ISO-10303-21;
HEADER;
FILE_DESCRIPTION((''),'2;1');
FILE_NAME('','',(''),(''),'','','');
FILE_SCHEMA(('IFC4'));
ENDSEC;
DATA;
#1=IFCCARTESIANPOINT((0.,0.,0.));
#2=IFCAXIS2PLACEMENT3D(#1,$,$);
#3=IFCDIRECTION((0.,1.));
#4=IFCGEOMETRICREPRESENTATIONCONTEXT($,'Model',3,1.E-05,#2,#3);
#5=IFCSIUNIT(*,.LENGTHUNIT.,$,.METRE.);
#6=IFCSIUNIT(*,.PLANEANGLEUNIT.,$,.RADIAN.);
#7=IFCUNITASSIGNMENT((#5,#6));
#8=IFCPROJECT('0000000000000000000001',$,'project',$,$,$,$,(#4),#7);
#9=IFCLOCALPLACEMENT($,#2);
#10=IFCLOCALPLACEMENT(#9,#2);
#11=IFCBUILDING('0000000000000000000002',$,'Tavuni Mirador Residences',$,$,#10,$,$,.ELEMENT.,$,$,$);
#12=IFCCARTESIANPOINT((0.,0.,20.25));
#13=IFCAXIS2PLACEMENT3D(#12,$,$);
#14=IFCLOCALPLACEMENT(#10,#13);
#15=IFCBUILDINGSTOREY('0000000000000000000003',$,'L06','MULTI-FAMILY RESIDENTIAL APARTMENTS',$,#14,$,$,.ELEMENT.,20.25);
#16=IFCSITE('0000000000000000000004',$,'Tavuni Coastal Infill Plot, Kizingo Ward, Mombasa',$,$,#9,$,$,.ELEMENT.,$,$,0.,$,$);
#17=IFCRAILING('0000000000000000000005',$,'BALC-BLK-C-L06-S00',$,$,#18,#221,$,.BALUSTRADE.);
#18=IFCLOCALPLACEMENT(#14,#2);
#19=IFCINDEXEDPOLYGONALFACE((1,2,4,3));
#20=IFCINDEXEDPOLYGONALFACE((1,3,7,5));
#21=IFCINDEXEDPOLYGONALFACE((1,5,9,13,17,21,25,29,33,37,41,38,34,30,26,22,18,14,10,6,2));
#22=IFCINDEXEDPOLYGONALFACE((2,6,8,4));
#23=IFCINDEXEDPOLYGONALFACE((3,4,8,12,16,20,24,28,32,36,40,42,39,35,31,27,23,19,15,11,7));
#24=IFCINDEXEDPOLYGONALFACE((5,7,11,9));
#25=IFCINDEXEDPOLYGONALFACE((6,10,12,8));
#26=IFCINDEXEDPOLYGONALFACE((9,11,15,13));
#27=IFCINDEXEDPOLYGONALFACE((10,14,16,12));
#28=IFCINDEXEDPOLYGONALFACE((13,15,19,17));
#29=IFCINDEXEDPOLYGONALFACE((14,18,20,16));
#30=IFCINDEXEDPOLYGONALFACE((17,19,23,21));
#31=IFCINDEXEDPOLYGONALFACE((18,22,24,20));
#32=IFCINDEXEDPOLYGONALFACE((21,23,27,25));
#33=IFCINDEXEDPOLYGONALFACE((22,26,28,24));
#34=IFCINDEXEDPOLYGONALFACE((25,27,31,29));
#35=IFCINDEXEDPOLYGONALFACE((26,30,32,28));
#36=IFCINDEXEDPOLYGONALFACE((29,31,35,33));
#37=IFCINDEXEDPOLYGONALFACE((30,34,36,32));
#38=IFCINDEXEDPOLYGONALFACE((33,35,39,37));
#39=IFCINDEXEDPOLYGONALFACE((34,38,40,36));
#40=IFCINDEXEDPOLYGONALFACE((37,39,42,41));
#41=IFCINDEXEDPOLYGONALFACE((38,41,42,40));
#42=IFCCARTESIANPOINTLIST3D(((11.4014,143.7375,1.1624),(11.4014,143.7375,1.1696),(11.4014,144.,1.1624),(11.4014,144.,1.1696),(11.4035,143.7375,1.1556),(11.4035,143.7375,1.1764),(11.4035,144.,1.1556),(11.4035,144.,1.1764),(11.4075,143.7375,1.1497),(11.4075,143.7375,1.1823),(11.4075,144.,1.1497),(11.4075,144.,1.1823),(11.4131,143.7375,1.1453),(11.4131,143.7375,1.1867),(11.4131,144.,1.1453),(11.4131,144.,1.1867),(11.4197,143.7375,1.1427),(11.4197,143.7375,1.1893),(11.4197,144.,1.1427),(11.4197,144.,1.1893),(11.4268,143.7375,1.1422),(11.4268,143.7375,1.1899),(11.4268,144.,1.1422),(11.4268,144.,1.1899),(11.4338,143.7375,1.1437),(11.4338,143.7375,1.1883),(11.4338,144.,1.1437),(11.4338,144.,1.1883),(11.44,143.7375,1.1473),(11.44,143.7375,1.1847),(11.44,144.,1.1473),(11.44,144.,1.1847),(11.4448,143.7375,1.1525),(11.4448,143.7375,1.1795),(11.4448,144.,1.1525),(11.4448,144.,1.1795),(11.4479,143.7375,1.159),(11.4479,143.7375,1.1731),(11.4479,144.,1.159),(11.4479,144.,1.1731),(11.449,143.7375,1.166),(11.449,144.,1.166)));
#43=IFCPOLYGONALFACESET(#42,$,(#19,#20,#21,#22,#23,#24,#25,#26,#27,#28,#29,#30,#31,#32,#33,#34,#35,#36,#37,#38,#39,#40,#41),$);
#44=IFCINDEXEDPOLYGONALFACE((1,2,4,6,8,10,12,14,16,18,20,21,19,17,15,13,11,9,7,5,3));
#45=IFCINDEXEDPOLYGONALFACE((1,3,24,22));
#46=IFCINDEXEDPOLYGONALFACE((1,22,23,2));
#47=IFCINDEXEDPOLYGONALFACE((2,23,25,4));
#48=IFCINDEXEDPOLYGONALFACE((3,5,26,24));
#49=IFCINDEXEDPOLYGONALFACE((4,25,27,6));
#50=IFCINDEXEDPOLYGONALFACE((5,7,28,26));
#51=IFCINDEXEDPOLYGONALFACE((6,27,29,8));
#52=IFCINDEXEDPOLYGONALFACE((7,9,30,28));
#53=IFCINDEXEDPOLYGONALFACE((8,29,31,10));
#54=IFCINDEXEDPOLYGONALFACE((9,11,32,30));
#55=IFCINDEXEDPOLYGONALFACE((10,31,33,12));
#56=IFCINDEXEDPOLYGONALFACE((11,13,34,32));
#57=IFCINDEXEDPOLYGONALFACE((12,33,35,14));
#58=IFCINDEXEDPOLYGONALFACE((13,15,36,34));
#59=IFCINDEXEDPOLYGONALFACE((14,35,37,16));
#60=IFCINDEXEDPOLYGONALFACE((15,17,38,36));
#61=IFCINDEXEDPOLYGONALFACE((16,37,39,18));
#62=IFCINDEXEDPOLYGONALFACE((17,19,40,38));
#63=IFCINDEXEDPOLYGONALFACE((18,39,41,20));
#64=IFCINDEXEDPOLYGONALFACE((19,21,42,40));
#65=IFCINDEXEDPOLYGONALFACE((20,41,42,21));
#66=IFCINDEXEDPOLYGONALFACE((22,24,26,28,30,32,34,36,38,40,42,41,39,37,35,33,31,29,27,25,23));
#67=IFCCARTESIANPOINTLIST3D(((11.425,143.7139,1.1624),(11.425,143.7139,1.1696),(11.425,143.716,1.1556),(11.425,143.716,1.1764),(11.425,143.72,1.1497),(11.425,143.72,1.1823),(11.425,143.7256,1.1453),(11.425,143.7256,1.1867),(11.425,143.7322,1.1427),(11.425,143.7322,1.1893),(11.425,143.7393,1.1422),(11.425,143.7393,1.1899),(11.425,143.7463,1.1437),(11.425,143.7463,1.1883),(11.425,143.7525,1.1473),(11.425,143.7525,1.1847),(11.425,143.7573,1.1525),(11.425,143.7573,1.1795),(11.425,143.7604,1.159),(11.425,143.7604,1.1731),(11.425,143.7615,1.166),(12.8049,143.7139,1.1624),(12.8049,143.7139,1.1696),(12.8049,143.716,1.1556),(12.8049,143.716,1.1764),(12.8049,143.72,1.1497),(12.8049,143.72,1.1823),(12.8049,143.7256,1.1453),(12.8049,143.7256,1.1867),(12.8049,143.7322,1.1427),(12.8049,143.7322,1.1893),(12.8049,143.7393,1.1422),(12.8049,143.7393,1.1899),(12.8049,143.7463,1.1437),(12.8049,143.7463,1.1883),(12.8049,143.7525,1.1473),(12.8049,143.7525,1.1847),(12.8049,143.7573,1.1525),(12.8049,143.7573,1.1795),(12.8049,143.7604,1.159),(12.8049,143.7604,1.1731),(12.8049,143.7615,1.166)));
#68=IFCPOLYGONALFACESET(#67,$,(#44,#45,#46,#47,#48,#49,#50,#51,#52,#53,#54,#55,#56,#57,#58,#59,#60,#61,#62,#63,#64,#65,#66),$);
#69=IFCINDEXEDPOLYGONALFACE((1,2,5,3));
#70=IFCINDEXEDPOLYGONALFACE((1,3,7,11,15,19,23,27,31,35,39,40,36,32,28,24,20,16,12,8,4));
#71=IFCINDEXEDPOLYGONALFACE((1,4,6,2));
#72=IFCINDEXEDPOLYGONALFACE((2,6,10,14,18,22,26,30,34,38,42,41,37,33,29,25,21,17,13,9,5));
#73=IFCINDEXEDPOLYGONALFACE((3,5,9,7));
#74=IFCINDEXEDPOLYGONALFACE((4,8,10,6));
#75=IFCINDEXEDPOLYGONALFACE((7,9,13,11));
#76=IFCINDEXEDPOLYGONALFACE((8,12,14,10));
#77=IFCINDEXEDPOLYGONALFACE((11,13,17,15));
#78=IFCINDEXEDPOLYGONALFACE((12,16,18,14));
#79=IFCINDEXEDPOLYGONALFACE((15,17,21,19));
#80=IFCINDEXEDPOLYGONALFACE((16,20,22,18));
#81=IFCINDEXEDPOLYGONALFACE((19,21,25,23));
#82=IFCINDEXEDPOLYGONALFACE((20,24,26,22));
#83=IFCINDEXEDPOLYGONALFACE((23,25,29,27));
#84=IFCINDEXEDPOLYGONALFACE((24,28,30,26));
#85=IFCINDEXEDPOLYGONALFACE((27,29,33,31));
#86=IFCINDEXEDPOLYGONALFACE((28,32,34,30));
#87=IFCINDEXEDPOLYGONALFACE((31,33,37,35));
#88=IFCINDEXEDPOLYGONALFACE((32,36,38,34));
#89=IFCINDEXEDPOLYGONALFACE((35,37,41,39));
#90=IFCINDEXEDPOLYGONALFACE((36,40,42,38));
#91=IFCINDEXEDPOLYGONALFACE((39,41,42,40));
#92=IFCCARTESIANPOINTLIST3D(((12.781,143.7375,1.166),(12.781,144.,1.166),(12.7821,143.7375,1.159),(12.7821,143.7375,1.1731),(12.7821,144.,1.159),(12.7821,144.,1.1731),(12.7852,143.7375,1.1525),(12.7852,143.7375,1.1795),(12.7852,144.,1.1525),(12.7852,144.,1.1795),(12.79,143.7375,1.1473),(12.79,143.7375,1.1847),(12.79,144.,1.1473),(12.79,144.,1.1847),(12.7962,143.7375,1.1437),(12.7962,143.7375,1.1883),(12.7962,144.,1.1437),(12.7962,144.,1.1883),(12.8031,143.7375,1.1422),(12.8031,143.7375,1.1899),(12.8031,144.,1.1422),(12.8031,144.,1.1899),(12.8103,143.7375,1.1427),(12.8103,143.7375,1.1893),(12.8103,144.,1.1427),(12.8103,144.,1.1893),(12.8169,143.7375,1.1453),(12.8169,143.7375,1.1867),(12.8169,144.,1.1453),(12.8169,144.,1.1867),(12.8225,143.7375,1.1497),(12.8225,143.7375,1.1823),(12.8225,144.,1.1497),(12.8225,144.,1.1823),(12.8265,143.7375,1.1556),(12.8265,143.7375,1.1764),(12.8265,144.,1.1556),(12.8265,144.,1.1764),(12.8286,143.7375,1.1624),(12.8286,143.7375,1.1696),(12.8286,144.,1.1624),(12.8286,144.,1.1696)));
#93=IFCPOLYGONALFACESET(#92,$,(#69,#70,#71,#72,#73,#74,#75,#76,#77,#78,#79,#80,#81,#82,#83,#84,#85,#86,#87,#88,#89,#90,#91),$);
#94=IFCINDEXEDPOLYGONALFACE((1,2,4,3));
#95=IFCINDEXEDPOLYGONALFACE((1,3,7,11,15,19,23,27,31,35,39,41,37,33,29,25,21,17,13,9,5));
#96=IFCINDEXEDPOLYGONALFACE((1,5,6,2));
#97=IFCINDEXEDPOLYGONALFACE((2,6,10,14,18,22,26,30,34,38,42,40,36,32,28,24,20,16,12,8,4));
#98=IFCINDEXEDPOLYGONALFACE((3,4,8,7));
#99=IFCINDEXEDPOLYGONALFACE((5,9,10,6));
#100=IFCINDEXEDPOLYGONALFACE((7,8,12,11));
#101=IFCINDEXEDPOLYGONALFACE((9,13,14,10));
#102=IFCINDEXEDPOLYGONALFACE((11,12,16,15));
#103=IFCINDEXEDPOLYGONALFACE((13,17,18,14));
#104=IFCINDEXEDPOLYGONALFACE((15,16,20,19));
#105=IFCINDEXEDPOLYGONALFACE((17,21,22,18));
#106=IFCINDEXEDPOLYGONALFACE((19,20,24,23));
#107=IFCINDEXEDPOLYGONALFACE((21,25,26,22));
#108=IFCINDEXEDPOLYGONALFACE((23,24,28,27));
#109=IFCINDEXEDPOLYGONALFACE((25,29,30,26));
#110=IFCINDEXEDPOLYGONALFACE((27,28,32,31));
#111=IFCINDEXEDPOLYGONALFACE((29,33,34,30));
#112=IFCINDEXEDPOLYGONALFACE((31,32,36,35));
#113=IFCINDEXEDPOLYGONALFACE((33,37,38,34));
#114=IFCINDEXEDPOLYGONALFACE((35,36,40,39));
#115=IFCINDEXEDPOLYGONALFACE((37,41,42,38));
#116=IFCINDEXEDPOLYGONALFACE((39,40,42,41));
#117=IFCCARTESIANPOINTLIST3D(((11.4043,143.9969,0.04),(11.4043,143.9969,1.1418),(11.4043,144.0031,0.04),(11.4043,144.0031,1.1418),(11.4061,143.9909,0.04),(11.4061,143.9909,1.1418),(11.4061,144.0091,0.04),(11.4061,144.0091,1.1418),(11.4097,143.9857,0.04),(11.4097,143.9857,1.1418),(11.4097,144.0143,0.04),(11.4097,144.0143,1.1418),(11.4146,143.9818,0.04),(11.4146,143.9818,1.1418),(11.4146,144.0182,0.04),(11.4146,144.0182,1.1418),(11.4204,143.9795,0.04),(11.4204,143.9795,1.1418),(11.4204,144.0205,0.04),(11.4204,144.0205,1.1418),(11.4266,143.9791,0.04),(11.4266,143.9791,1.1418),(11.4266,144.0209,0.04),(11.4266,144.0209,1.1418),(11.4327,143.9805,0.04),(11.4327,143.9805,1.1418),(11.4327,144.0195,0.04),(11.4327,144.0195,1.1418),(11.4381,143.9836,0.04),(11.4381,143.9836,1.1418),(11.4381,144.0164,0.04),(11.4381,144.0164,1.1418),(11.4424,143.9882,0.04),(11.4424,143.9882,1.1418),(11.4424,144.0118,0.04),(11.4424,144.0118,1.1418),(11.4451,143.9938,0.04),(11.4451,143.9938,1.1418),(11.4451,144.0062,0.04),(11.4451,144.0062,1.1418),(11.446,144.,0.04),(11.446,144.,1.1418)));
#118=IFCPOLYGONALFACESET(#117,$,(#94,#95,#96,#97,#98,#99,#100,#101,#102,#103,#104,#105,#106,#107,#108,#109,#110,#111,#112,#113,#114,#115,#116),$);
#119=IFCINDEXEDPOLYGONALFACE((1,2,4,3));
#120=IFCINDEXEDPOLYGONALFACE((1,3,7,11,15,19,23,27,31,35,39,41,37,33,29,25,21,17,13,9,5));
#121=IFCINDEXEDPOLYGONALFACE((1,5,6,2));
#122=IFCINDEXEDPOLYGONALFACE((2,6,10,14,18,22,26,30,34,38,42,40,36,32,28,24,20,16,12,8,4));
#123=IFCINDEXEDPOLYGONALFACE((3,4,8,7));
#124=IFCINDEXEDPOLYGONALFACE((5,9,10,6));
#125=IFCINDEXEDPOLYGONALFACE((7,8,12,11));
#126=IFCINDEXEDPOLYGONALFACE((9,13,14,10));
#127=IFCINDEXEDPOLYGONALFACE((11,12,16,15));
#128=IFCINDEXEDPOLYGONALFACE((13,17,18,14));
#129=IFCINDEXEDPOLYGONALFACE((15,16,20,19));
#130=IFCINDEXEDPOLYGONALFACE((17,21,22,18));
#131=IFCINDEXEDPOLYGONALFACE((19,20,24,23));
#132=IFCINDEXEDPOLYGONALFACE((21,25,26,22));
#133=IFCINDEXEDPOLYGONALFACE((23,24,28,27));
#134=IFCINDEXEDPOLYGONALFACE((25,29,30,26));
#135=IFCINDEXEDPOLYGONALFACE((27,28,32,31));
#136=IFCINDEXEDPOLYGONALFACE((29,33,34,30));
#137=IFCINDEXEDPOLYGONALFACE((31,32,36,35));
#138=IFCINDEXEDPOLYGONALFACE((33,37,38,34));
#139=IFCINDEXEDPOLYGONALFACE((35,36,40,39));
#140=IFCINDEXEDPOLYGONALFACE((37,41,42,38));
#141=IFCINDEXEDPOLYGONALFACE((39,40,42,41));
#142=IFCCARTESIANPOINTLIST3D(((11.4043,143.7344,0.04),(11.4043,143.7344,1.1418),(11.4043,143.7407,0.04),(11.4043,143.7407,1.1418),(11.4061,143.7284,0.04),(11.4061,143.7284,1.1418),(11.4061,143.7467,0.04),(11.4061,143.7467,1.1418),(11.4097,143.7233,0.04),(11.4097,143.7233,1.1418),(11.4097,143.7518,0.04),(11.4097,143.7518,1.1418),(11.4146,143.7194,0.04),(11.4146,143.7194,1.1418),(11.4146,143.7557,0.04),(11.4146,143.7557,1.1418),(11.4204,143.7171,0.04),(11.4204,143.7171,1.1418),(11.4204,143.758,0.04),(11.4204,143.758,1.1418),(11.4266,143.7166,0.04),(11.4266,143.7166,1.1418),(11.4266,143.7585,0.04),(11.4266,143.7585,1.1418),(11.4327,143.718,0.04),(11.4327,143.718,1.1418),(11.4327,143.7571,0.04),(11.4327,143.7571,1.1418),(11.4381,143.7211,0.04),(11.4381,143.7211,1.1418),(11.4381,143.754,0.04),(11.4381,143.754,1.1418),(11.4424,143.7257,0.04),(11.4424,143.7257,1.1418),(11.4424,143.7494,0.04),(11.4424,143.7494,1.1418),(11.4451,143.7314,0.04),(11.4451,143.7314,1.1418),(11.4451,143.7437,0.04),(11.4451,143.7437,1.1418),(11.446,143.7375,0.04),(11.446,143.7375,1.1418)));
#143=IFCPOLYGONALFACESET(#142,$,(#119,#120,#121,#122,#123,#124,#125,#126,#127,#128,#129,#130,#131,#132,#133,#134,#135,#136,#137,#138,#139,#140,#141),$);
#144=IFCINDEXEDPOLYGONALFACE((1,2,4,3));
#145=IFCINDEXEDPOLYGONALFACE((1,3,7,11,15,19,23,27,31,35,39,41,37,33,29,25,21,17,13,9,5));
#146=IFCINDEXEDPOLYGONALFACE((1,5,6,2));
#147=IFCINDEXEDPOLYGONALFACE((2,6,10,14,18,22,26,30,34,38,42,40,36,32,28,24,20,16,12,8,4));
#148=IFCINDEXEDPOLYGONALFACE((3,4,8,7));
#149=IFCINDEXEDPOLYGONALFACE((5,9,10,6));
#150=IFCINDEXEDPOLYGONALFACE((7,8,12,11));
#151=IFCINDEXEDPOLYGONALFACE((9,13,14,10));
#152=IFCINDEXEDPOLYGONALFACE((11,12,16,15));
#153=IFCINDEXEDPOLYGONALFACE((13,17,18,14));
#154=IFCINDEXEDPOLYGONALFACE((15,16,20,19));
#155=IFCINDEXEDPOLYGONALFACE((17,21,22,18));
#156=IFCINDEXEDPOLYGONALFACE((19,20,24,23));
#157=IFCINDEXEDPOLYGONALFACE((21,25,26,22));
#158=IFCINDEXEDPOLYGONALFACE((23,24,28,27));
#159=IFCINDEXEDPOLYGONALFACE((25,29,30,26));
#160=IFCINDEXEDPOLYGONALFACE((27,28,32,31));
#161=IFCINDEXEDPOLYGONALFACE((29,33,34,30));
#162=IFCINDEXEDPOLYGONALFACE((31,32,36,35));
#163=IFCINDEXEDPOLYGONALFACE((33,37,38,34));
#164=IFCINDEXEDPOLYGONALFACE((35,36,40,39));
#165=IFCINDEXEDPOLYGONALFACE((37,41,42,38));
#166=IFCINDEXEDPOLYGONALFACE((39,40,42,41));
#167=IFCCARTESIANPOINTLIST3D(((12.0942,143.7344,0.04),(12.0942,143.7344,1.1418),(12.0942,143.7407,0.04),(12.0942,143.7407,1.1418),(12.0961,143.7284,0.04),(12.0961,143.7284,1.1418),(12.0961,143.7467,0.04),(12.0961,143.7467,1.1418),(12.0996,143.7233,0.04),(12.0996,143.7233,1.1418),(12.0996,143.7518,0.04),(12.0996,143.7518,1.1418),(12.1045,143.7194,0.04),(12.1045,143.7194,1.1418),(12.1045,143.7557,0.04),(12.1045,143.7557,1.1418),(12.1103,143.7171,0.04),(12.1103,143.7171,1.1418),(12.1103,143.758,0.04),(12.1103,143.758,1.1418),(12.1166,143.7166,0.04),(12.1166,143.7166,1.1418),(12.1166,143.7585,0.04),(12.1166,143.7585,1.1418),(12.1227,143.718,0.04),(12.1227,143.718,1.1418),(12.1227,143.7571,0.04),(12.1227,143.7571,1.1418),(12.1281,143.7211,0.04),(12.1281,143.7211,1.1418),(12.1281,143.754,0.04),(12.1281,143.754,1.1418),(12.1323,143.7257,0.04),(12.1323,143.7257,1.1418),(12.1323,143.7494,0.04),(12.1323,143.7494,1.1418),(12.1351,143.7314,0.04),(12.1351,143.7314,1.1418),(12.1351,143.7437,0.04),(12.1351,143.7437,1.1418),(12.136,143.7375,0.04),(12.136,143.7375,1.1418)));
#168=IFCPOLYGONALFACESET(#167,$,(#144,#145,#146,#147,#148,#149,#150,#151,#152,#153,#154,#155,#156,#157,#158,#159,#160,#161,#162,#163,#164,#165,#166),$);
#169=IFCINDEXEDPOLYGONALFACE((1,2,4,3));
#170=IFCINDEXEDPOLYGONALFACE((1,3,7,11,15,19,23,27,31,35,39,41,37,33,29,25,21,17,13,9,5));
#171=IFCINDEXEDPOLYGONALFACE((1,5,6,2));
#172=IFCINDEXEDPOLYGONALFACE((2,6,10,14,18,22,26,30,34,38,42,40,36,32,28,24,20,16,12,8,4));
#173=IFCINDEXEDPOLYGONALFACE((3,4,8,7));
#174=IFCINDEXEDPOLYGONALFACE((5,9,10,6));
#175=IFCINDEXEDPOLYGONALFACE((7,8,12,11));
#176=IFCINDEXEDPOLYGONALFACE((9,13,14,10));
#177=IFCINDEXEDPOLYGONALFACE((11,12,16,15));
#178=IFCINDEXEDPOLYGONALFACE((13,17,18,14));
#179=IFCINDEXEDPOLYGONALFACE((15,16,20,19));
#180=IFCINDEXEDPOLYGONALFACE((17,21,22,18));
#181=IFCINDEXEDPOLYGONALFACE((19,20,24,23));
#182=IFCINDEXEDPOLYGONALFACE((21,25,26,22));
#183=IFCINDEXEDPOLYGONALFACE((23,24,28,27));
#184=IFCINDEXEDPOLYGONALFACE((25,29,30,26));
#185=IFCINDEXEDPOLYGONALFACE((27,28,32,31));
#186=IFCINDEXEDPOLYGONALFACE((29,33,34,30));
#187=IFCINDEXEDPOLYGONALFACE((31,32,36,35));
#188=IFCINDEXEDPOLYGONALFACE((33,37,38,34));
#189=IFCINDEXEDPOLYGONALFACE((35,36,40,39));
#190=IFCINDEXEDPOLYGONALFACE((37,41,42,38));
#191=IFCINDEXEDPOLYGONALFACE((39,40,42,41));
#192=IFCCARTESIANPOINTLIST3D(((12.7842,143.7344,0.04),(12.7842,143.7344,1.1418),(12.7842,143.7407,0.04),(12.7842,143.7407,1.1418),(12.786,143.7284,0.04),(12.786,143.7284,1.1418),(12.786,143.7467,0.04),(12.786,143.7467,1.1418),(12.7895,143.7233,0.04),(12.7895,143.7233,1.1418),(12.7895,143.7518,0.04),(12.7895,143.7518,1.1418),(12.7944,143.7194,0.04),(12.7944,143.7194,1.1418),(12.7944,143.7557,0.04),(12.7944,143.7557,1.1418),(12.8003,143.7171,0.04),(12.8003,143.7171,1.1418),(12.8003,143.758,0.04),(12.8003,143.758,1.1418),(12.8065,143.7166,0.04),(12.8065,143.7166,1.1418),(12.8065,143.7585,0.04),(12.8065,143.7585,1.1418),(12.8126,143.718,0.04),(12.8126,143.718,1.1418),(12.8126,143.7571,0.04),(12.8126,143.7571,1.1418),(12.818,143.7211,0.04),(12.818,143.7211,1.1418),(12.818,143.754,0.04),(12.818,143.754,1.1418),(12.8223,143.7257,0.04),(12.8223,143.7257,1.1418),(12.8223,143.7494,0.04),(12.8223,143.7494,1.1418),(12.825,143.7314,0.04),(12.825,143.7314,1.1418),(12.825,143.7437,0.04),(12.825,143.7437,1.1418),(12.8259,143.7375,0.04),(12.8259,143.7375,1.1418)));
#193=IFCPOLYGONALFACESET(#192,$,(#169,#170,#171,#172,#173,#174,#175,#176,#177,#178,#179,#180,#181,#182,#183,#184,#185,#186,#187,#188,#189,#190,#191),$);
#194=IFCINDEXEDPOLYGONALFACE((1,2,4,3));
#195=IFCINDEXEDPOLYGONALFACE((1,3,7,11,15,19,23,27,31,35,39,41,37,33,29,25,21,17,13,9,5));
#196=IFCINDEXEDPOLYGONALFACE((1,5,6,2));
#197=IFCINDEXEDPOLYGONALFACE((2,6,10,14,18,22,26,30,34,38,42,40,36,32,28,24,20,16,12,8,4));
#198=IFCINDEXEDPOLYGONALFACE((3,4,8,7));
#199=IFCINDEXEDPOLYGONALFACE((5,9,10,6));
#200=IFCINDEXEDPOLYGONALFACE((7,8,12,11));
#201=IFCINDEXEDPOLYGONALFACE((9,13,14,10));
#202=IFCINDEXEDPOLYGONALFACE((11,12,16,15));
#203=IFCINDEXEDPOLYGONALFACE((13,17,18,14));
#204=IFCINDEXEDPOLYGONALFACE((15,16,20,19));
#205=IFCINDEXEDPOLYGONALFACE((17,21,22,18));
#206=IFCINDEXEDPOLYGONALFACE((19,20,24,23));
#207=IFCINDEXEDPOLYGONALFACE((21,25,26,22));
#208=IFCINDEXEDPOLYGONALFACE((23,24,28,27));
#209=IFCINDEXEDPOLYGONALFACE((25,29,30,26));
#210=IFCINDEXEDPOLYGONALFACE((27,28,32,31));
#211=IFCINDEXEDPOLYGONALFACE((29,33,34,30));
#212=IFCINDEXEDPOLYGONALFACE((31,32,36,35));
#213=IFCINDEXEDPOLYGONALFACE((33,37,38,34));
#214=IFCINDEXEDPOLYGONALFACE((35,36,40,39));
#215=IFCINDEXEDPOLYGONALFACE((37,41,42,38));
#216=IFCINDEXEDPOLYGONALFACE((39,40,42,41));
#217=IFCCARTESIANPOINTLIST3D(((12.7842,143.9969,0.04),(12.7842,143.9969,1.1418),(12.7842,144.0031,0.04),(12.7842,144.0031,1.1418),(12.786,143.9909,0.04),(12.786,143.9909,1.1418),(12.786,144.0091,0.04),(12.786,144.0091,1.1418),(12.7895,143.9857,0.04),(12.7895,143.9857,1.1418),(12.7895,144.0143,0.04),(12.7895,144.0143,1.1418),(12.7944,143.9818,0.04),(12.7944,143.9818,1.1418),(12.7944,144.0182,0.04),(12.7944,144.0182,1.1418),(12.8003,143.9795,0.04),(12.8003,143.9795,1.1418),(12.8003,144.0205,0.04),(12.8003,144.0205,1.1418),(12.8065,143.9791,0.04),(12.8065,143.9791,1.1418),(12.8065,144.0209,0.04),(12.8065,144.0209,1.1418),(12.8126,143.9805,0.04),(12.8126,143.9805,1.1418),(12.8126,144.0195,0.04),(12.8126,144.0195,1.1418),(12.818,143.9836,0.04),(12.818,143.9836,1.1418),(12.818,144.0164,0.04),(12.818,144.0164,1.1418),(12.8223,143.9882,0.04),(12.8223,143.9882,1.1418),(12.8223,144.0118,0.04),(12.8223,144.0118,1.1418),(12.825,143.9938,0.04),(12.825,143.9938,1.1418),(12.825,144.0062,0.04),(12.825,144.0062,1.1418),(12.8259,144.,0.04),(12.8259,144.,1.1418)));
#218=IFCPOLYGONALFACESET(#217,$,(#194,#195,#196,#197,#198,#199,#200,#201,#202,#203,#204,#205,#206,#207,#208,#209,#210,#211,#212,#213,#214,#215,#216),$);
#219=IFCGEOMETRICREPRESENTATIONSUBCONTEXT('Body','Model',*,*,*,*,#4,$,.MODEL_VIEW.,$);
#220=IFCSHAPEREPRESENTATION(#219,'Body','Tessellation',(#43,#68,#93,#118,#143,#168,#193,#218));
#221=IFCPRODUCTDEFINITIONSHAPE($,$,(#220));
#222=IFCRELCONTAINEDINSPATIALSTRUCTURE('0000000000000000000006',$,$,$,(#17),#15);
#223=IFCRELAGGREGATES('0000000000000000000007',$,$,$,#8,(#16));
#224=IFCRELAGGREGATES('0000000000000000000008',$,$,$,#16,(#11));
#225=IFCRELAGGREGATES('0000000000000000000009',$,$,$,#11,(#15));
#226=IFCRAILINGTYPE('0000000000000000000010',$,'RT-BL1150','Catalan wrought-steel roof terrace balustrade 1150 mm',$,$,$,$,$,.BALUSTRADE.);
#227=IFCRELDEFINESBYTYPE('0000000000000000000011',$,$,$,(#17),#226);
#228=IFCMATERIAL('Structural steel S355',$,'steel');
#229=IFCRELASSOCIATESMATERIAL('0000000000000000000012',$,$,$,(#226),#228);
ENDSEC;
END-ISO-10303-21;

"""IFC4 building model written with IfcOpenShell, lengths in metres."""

from ifc_helpers import new_model, si_unit, direction, frame, origin, origin_2d, place, context, subcontext, project, spatial, circle, extrude, material, type_object, element, save


model = new_model("IFC4")

# Units and contexts
model_context = context("Model", 3, precision=1e-05, world=origin(), true_north=direction((0.0, 1.0)))
body_context = subcontext(model_context, "Body", "Model", "MODEL_VIEW")
ifc_project = project(units=[si_unit("LENGTHUNIT", "METRE"), si_unit("PLANEANGLEUNIT", "RADIAN")], contexts=[model_context])

# Site, building, storey
site_placement = place(None, origin())
site = spatial("IfcSite", under=ifc_project, at=site_placement, Name="Tavuni Coastal Infill Plot, Kizingo Ward, Mombasa", CompositionType="ELEMENT", RefElevation=0.0)
building_placement = place(site_placement, origin())
building = spatial("IfcBuilding", under=site, at=building_placement, Name="Tavuni Mirador Residences", CompositionType="ELEMENT")
storey_placement = place(building_placement, frame((0.0, 0.0, 20.25)))
storey = spatial("IfcBuildingStorey", under=building, at=storey_placement, Name="L06", Description="MULTI-FAMILY RESIDENTIAL APARTMENTS", CompositionType="ELEMENT", Elevation=20.25)

# Shared definitions
ifc_material_1 = material(Name="Structural steel S355", Category="steel")

# Railing
railing_type = type_object("IfcRailingType", Name="RT-BL1150", Description="Catalan wrought-steel roof terrace balustrade 1150 mm", PredefinedType="BALUSTRADE", material=ifc_material_1)
railing_1_placement = place(storey_placement, frame((11.425, 144.0, 0.04)))
element("IfcRailing", 1, at=railing_1_placement, inside=storey, type_object=railing_type, Name="BALC-BLK-C-L06-S00", PredefinedType="BALUSTRADE", context=body_context, shape_type="SweptSolid", body=[
    extrude(circle(Radius=0.0239, at=origin_2d()), frame((0.0, 0.0, 1.126), z_axis=(0.0, -1.0, 0.0), x_axis=(1.0, 0.0, 0.0)), (0.0, 0.0, 1.0), 0.2625),
    extrude(circle(Radius=0.0239, at=origin_2d()), frame((0.0, -0.2625, 1.126), z_axis=(1.0, 0.0, 0.0), x_axis=(0.0, 1.0, 0.0)), (0.0, 0.0, 1.0), 1.3799),
    extrude(circle(Radius=0.0239, at=origin_2d()), frame((1.3799, -0.2625, 1.126), z_axis=(0.0, 1.0, 0.0), x_axis=(-1.0, 0.0, 0.0)), (0.0, 0.0, 1.0), 0.2625),
    extrude(circle(Radius=0.021, at=origin_2d()), origin(), (0.0, 0.0, 1.0), 1.1018),
    extrude(circle(Radius=0.021, at=origin_2d()), frame((0.0, -0.2625, 0.0)), (0.0, 0.0, 1.0), 1.1018),
    extrude(circle(Radius=0.021, at=origin_2d()), frame((0.6899, -0.2625, 0.0)), (0.0, 0.0, 1.0), 1.1018),
    extrude(circle(Radius=0.021, at=origin_2d()), frame((1.3799, -0.2625, 0.0)), (0.0, 0.0, 1.0), 1.1018),
    extrude(circle(Radius=0.021, at=origin_2d()), frame((1.3799, 0.0, 0.0)), (0.0, 0.0, 1.0), 1.1018),
])

save(model, "model.ifc")
